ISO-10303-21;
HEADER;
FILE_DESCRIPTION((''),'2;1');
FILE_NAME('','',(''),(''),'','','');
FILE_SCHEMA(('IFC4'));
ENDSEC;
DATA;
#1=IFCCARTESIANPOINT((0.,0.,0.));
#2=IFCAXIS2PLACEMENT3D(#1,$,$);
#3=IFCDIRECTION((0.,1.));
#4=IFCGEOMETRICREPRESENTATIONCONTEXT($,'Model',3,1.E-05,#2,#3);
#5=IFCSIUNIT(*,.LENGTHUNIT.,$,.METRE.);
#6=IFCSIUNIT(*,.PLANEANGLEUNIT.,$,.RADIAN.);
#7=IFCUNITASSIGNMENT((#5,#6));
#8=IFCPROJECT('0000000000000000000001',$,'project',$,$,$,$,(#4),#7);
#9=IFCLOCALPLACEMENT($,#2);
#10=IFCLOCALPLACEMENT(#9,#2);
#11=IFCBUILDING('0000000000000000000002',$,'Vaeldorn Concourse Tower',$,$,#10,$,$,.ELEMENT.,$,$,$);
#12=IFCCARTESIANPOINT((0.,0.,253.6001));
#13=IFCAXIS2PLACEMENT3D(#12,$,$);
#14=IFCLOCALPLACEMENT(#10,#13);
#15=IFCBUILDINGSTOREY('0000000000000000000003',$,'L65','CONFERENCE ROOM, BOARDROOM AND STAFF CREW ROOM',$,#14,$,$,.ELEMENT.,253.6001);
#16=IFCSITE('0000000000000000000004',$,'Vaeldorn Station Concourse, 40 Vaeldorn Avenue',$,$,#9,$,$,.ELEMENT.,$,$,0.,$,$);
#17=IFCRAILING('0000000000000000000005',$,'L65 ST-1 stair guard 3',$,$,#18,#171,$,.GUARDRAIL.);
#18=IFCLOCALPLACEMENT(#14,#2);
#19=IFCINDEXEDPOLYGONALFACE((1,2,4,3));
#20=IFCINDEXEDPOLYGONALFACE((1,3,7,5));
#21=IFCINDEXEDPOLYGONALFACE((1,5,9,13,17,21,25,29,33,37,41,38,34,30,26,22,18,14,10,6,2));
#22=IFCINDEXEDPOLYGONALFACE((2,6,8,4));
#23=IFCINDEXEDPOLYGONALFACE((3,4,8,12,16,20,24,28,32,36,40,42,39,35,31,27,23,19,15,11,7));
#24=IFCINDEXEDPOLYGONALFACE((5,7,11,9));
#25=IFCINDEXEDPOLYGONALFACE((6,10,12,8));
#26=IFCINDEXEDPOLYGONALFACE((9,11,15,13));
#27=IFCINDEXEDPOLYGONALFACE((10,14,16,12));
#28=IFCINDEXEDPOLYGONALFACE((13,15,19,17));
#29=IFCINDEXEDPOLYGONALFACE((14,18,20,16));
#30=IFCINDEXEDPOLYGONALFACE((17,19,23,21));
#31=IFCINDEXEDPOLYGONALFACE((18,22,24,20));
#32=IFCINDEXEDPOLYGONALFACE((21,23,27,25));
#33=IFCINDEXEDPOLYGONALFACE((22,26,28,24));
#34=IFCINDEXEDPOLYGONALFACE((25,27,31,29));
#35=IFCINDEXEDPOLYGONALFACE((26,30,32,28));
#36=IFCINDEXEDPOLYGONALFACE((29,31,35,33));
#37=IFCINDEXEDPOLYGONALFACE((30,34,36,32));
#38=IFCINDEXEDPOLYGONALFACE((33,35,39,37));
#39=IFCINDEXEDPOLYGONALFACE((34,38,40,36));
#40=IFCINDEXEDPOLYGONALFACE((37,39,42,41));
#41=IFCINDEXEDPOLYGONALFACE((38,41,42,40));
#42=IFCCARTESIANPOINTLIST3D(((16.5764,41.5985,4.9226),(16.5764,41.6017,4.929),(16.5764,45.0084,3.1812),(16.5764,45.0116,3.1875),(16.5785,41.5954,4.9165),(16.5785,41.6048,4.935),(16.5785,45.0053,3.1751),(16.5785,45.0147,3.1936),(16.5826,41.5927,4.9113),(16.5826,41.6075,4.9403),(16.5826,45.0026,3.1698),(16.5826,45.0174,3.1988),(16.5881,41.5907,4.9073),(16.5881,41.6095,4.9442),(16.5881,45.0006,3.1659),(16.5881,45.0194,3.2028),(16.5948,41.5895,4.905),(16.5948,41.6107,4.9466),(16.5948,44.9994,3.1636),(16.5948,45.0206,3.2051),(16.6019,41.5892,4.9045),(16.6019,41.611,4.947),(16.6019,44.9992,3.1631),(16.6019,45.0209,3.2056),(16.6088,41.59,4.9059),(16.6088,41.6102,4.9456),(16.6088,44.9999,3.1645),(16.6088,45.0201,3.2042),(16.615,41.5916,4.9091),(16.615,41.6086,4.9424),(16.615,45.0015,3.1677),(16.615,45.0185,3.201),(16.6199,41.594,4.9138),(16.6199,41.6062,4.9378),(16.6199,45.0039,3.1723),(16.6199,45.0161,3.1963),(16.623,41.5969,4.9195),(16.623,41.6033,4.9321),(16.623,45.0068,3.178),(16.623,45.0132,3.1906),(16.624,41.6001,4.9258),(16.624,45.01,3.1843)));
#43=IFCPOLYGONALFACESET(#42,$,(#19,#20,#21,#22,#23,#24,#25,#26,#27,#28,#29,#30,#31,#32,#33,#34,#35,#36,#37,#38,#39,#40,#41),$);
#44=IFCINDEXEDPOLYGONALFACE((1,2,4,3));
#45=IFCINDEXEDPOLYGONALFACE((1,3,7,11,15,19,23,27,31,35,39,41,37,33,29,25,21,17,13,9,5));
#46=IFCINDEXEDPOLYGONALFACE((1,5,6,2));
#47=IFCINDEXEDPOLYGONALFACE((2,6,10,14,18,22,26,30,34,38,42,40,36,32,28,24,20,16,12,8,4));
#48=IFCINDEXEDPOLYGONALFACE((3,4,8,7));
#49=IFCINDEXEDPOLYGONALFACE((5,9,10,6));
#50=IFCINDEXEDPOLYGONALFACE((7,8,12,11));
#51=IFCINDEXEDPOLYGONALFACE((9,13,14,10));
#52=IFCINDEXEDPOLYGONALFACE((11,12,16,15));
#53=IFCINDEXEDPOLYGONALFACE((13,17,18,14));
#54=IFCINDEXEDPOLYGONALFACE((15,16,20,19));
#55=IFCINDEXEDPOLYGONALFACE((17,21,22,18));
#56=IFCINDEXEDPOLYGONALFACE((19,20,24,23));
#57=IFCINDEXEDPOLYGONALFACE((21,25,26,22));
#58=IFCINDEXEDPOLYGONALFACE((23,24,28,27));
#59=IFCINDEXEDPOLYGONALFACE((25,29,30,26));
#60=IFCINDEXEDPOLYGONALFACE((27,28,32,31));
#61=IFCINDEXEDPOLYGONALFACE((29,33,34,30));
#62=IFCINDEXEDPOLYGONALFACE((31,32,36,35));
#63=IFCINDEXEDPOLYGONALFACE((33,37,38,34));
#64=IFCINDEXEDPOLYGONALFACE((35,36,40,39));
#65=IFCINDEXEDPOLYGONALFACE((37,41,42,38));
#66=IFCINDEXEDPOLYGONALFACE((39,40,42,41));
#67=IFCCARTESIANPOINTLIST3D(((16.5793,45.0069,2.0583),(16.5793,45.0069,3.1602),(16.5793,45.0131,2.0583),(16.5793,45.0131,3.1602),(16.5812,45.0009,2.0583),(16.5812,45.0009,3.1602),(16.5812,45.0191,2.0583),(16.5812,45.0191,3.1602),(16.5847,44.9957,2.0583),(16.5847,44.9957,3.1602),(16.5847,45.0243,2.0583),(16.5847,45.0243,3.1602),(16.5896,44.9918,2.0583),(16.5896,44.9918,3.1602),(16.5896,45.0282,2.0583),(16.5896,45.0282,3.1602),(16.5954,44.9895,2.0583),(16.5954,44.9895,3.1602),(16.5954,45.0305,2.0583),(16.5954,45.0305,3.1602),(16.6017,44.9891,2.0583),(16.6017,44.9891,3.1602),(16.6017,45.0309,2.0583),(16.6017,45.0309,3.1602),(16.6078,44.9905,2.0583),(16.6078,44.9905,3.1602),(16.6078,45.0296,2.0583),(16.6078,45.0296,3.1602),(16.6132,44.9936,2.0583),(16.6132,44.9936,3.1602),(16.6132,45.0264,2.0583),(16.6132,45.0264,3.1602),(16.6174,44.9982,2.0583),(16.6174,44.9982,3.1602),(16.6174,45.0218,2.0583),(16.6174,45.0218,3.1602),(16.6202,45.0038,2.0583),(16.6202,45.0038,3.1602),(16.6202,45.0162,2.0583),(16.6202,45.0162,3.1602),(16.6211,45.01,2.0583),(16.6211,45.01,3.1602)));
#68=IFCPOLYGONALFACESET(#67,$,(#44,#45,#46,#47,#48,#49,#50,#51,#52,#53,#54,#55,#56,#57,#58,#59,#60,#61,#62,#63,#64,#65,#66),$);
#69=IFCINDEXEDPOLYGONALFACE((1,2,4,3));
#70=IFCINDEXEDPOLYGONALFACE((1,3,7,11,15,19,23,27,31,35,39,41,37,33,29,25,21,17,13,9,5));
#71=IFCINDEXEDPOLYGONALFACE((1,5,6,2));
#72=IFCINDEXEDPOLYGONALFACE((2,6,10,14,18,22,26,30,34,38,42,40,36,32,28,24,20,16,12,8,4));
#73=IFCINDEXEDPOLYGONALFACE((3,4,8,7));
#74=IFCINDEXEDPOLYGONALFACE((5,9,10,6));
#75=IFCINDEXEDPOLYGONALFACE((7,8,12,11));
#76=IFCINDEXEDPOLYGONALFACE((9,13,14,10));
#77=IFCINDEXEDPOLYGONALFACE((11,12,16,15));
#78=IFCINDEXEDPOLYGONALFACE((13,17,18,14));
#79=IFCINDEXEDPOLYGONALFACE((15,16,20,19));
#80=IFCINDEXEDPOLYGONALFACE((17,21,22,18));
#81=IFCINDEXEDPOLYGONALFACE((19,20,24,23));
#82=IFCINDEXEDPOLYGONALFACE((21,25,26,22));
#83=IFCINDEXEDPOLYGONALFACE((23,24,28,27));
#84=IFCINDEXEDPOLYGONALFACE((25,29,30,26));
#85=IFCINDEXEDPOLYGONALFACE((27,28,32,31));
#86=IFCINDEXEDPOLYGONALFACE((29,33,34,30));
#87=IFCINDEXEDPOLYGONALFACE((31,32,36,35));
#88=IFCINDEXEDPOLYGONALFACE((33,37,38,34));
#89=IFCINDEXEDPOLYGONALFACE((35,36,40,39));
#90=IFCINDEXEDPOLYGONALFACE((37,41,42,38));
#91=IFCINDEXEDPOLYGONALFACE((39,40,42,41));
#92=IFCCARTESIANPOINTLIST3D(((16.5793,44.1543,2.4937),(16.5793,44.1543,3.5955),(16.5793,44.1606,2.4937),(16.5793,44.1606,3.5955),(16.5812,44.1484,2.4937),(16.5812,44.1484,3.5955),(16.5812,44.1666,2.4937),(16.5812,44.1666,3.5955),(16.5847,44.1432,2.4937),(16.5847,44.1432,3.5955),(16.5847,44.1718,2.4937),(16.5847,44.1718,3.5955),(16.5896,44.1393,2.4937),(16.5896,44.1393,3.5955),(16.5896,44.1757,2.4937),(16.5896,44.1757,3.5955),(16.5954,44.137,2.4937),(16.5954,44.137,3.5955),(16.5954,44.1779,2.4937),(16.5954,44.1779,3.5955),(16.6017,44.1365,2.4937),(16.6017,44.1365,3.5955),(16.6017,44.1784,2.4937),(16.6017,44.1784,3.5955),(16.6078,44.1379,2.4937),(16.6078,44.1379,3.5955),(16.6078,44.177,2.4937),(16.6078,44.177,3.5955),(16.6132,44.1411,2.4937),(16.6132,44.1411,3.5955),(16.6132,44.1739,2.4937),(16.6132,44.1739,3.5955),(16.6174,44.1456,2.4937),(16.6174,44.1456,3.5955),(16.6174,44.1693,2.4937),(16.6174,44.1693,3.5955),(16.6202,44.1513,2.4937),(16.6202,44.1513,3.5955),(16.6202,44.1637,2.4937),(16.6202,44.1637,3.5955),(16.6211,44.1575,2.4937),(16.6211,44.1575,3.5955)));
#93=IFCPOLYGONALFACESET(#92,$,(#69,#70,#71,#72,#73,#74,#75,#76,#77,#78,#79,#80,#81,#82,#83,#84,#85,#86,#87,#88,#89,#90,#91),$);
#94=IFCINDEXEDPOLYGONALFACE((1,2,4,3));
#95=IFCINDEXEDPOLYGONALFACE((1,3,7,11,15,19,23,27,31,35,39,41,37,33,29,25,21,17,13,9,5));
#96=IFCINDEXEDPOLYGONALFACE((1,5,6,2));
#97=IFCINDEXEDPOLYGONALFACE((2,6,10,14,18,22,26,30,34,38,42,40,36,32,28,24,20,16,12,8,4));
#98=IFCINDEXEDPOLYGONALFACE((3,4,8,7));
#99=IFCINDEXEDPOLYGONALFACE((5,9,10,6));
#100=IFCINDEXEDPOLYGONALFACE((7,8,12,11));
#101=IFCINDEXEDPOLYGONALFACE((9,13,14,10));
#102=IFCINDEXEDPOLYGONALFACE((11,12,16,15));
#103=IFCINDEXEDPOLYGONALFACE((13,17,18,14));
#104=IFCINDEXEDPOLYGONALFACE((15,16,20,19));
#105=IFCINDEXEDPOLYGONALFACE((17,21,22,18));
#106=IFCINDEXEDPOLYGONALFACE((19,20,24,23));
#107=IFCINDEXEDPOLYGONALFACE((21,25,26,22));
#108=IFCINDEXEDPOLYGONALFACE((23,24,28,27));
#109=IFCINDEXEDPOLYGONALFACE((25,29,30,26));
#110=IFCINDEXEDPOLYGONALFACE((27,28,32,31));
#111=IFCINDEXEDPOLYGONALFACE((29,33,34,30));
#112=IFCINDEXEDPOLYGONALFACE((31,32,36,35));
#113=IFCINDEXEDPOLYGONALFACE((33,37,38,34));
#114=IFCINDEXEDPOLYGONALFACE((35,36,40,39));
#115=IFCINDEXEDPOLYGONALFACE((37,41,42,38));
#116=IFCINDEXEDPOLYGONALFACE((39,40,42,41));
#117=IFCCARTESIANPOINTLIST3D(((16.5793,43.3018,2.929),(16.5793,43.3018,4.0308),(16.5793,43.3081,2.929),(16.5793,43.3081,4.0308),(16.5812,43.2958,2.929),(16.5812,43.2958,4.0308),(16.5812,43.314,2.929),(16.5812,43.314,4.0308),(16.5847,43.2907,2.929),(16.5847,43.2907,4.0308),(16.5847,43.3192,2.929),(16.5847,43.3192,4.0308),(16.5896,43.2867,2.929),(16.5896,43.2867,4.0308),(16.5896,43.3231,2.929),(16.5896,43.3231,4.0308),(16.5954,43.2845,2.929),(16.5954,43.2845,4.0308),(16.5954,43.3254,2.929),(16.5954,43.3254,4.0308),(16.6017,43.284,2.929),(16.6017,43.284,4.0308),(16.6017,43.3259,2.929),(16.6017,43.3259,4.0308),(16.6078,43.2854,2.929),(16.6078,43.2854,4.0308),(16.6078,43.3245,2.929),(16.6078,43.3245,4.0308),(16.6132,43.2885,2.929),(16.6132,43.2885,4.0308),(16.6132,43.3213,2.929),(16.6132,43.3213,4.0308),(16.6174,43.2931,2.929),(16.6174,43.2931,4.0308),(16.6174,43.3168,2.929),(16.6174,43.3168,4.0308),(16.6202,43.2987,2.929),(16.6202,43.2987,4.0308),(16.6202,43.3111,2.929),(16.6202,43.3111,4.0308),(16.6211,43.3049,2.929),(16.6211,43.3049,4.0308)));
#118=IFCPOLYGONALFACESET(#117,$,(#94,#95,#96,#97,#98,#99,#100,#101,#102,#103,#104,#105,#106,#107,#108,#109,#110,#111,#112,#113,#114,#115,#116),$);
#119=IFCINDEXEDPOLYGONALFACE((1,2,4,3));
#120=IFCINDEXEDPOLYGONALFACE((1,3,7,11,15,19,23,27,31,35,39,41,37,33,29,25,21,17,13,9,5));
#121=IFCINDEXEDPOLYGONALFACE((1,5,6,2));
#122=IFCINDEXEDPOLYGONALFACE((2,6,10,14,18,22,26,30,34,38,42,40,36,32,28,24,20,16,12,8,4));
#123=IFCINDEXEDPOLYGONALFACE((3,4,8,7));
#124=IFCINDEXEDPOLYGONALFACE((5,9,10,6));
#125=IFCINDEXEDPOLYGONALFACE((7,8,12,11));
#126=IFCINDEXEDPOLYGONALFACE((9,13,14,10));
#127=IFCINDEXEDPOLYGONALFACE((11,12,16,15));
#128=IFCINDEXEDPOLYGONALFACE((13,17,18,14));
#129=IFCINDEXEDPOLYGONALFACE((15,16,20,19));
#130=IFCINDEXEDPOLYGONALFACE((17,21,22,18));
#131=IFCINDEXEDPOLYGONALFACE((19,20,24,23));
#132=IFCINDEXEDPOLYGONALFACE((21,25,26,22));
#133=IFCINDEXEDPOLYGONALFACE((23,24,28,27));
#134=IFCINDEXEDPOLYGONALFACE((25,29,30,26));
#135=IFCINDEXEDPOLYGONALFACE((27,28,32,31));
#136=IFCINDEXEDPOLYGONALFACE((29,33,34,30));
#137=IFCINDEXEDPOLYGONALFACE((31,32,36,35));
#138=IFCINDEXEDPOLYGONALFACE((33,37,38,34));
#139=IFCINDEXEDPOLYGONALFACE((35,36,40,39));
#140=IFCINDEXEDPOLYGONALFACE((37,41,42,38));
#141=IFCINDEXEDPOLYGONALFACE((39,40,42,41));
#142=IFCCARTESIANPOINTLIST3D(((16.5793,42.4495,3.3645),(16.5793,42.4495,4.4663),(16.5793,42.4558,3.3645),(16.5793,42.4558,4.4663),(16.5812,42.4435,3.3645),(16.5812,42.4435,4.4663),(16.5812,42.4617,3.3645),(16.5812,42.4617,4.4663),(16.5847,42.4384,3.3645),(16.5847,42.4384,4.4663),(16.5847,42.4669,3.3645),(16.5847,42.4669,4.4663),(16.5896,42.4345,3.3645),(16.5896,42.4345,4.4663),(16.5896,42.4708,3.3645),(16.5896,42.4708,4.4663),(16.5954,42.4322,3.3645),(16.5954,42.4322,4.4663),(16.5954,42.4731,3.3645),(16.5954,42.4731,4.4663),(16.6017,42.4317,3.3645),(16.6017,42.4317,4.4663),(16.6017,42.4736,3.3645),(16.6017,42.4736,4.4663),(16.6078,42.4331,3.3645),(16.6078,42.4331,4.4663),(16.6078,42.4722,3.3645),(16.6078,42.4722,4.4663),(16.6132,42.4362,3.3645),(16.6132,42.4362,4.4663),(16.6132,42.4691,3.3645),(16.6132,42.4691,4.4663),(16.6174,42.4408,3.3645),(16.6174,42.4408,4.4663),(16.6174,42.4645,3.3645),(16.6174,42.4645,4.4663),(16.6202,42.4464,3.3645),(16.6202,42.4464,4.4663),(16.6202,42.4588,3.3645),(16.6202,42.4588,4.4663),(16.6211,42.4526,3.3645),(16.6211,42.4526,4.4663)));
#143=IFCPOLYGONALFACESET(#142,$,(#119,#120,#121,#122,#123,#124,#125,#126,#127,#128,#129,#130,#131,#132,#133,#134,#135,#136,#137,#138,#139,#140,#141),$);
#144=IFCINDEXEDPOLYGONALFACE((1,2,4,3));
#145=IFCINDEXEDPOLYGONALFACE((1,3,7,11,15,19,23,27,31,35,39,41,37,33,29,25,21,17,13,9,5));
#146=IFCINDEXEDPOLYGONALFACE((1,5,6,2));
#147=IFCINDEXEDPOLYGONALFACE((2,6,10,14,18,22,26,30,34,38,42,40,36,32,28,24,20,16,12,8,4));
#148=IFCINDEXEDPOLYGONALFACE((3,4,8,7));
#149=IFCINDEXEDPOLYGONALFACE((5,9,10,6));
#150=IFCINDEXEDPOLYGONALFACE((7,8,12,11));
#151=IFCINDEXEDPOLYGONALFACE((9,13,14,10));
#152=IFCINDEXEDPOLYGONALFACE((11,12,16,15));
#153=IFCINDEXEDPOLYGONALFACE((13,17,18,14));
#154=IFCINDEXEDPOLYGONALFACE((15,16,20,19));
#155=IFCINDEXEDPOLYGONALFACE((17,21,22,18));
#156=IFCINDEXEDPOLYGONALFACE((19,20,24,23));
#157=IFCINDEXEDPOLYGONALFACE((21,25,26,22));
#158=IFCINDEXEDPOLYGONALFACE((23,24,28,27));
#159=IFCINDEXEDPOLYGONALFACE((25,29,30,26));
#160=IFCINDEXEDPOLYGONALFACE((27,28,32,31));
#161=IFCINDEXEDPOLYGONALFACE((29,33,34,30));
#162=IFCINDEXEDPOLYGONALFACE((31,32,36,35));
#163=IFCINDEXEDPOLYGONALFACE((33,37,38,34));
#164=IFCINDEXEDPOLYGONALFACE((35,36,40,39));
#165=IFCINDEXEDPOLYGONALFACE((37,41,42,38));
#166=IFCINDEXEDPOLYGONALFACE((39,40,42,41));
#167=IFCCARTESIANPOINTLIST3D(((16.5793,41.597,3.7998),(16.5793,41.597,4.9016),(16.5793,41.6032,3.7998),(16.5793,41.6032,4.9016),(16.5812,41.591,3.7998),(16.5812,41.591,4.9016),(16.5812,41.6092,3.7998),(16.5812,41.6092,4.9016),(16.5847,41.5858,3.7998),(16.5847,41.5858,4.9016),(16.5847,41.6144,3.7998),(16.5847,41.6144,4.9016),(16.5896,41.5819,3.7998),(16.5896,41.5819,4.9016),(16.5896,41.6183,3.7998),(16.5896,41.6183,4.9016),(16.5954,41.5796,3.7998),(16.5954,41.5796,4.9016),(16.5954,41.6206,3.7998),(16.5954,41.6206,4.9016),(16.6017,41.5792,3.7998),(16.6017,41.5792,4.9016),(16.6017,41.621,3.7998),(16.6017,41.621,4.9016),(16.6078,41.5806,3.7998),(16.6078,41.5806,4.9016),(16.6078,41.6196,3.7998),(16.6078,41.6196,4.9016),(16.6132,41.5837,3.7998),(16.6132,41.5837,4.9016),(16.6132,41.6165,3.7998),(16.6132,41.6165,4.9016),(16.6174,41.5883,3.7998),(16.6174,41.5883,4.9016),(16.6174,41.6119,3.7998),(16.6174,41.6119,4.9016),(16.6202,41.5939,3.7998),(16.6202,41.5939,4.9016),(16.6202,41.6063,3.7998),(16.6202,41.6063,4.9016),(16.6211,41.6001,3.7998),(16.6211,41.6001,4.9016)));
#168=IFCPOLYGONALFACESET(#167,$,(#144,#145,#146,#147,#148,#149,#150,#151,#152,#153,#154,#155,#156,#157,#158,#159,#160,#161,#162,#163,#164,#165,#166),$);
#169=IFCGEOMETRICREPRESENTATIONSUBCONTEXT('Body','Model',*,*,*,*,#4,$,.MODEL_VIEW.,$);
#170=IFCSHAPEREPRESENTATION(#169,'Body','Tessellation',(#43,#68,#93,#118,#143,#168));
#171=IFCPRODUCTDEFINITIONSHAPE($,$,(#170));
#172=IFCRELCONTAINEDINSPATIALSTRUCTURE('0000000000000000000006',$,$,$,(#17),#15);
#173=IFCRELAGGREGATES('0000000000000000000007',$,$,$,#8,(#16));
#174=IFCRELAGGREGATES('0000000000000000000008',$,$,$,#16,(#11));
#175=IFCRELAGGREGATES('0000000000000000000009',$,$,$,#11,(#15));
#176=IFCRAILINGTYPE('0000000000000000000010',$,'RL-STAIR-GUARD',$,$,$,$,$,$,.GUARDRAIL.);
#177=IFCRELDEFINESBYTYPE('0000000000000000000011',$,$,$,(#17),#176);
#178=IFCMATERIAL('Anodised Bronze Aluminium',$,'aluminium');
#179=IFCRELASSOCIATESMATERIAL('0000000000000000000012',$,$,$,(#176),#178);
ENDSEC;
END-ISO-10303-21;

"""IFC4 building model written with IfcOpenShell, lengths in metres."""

from ifc_helpers import new_model, si_unit, direction, frame, origin, origin_2d, place, context, subcontext, project, spatial, circle, extrude, material, type_object, element, save


model = new_model("IFC4")

# Units and contexts
model_context = context("Model", 3, precision=1e-05, world=origin(), true_north=direction((0.0, 1.0)))
body_context = subcontext(model_context, "Body", "Model", "MODEL_VIEW")
ifc_project = project(units=[si_unit("LENGTHUNIT", "METRE"), si_unit("PLANEANGLEUNIT", "RADIAN")], contexts=[model_context])

# Site, building, storey
site_placement = place(None, origin())
site = spatial("IfcSite", under=ifc_project, at=site_placement, Name="Vaeldorn Station Concourse, 40 Vaeldorn Avenue", CompositionType="ELEMENT", RefElevation=0.0)
building_placement = place(site_placement, origin())
building = spatial("IfcBuilding", under=site, at=building_placement, Name="Vaeldorn Concourse Tower", CompositionType="ELEMENT")
storey_placement = place(building_placement, frame((0.0, 0.0, 253.6001)))
storey = spatial("IfcBuildingStorey", under=building, at=storey_placement, Name="L65", Description="CONFERENCE ROOM, BOARDROOM AND STAFF CREW ROOM", CompositionType="ELEMENT", Elevation=253.6001)

# Shared definitions
ifc_material_1 = material(Name="Anodised Bronze Aluminium", Category="aluminium")

# Railing
railing_type_1 = type_object("IfcRailingType", Name="RL-STAIR-GUARD", PredefinedType="GUARDRAIL", material=ifc_material_1)
railing_1_placement = place(storey_placement, frame((16.6001, 45.01, 2.0583)))
element("IfcRailing", 1, at=railing_1_placement, inside=storey, type_object=railing_type_1, Name="L65 ST-1 stair guard 3", PredefinedType="GUARDRAIL", context=body_context, shape_type="SweptSolid", body=[
    extrude(circle(Radius=0.0239, at=origin_2d()), frame((0.0, 0.0, 1.126), z_axis=(0.0, -0.890582, 0.454823), x_axis=(1.0, 0.0, 0.0)), (0.0, 0.0, 1.0), 3.8289),
    extrude(circle(Radius=0.021, at=origin_2d()), origin(), (0.0, 0.0, 1.0), 1.1018),
    extrude(circle(Radius=0.021, at=origin_2d()), frame((0.0, -0.8525, 0.4353)), (0.0, 0.0, 1.0), 1.1018),
    extrude(circle(Radius=0.021, at=origin_2d()), frame((0.0, -1.7051, 0.8706)), (0.0, 0.0, 1.0), 1.1018),
    extrude(circle(Radius=0.021, at=origin_2d()), frame((0.0, -2.5574, 1.3062)), (0.0, 0.0, 1.0), 1.1018),
    extrude(circle(Radius=0.021, at=origin_2d()), frame((0.0, -3.4099, 1.7415)), (0.0, 0.0, 1.0), 1.1018),
])

save(model, "model.ifc")
